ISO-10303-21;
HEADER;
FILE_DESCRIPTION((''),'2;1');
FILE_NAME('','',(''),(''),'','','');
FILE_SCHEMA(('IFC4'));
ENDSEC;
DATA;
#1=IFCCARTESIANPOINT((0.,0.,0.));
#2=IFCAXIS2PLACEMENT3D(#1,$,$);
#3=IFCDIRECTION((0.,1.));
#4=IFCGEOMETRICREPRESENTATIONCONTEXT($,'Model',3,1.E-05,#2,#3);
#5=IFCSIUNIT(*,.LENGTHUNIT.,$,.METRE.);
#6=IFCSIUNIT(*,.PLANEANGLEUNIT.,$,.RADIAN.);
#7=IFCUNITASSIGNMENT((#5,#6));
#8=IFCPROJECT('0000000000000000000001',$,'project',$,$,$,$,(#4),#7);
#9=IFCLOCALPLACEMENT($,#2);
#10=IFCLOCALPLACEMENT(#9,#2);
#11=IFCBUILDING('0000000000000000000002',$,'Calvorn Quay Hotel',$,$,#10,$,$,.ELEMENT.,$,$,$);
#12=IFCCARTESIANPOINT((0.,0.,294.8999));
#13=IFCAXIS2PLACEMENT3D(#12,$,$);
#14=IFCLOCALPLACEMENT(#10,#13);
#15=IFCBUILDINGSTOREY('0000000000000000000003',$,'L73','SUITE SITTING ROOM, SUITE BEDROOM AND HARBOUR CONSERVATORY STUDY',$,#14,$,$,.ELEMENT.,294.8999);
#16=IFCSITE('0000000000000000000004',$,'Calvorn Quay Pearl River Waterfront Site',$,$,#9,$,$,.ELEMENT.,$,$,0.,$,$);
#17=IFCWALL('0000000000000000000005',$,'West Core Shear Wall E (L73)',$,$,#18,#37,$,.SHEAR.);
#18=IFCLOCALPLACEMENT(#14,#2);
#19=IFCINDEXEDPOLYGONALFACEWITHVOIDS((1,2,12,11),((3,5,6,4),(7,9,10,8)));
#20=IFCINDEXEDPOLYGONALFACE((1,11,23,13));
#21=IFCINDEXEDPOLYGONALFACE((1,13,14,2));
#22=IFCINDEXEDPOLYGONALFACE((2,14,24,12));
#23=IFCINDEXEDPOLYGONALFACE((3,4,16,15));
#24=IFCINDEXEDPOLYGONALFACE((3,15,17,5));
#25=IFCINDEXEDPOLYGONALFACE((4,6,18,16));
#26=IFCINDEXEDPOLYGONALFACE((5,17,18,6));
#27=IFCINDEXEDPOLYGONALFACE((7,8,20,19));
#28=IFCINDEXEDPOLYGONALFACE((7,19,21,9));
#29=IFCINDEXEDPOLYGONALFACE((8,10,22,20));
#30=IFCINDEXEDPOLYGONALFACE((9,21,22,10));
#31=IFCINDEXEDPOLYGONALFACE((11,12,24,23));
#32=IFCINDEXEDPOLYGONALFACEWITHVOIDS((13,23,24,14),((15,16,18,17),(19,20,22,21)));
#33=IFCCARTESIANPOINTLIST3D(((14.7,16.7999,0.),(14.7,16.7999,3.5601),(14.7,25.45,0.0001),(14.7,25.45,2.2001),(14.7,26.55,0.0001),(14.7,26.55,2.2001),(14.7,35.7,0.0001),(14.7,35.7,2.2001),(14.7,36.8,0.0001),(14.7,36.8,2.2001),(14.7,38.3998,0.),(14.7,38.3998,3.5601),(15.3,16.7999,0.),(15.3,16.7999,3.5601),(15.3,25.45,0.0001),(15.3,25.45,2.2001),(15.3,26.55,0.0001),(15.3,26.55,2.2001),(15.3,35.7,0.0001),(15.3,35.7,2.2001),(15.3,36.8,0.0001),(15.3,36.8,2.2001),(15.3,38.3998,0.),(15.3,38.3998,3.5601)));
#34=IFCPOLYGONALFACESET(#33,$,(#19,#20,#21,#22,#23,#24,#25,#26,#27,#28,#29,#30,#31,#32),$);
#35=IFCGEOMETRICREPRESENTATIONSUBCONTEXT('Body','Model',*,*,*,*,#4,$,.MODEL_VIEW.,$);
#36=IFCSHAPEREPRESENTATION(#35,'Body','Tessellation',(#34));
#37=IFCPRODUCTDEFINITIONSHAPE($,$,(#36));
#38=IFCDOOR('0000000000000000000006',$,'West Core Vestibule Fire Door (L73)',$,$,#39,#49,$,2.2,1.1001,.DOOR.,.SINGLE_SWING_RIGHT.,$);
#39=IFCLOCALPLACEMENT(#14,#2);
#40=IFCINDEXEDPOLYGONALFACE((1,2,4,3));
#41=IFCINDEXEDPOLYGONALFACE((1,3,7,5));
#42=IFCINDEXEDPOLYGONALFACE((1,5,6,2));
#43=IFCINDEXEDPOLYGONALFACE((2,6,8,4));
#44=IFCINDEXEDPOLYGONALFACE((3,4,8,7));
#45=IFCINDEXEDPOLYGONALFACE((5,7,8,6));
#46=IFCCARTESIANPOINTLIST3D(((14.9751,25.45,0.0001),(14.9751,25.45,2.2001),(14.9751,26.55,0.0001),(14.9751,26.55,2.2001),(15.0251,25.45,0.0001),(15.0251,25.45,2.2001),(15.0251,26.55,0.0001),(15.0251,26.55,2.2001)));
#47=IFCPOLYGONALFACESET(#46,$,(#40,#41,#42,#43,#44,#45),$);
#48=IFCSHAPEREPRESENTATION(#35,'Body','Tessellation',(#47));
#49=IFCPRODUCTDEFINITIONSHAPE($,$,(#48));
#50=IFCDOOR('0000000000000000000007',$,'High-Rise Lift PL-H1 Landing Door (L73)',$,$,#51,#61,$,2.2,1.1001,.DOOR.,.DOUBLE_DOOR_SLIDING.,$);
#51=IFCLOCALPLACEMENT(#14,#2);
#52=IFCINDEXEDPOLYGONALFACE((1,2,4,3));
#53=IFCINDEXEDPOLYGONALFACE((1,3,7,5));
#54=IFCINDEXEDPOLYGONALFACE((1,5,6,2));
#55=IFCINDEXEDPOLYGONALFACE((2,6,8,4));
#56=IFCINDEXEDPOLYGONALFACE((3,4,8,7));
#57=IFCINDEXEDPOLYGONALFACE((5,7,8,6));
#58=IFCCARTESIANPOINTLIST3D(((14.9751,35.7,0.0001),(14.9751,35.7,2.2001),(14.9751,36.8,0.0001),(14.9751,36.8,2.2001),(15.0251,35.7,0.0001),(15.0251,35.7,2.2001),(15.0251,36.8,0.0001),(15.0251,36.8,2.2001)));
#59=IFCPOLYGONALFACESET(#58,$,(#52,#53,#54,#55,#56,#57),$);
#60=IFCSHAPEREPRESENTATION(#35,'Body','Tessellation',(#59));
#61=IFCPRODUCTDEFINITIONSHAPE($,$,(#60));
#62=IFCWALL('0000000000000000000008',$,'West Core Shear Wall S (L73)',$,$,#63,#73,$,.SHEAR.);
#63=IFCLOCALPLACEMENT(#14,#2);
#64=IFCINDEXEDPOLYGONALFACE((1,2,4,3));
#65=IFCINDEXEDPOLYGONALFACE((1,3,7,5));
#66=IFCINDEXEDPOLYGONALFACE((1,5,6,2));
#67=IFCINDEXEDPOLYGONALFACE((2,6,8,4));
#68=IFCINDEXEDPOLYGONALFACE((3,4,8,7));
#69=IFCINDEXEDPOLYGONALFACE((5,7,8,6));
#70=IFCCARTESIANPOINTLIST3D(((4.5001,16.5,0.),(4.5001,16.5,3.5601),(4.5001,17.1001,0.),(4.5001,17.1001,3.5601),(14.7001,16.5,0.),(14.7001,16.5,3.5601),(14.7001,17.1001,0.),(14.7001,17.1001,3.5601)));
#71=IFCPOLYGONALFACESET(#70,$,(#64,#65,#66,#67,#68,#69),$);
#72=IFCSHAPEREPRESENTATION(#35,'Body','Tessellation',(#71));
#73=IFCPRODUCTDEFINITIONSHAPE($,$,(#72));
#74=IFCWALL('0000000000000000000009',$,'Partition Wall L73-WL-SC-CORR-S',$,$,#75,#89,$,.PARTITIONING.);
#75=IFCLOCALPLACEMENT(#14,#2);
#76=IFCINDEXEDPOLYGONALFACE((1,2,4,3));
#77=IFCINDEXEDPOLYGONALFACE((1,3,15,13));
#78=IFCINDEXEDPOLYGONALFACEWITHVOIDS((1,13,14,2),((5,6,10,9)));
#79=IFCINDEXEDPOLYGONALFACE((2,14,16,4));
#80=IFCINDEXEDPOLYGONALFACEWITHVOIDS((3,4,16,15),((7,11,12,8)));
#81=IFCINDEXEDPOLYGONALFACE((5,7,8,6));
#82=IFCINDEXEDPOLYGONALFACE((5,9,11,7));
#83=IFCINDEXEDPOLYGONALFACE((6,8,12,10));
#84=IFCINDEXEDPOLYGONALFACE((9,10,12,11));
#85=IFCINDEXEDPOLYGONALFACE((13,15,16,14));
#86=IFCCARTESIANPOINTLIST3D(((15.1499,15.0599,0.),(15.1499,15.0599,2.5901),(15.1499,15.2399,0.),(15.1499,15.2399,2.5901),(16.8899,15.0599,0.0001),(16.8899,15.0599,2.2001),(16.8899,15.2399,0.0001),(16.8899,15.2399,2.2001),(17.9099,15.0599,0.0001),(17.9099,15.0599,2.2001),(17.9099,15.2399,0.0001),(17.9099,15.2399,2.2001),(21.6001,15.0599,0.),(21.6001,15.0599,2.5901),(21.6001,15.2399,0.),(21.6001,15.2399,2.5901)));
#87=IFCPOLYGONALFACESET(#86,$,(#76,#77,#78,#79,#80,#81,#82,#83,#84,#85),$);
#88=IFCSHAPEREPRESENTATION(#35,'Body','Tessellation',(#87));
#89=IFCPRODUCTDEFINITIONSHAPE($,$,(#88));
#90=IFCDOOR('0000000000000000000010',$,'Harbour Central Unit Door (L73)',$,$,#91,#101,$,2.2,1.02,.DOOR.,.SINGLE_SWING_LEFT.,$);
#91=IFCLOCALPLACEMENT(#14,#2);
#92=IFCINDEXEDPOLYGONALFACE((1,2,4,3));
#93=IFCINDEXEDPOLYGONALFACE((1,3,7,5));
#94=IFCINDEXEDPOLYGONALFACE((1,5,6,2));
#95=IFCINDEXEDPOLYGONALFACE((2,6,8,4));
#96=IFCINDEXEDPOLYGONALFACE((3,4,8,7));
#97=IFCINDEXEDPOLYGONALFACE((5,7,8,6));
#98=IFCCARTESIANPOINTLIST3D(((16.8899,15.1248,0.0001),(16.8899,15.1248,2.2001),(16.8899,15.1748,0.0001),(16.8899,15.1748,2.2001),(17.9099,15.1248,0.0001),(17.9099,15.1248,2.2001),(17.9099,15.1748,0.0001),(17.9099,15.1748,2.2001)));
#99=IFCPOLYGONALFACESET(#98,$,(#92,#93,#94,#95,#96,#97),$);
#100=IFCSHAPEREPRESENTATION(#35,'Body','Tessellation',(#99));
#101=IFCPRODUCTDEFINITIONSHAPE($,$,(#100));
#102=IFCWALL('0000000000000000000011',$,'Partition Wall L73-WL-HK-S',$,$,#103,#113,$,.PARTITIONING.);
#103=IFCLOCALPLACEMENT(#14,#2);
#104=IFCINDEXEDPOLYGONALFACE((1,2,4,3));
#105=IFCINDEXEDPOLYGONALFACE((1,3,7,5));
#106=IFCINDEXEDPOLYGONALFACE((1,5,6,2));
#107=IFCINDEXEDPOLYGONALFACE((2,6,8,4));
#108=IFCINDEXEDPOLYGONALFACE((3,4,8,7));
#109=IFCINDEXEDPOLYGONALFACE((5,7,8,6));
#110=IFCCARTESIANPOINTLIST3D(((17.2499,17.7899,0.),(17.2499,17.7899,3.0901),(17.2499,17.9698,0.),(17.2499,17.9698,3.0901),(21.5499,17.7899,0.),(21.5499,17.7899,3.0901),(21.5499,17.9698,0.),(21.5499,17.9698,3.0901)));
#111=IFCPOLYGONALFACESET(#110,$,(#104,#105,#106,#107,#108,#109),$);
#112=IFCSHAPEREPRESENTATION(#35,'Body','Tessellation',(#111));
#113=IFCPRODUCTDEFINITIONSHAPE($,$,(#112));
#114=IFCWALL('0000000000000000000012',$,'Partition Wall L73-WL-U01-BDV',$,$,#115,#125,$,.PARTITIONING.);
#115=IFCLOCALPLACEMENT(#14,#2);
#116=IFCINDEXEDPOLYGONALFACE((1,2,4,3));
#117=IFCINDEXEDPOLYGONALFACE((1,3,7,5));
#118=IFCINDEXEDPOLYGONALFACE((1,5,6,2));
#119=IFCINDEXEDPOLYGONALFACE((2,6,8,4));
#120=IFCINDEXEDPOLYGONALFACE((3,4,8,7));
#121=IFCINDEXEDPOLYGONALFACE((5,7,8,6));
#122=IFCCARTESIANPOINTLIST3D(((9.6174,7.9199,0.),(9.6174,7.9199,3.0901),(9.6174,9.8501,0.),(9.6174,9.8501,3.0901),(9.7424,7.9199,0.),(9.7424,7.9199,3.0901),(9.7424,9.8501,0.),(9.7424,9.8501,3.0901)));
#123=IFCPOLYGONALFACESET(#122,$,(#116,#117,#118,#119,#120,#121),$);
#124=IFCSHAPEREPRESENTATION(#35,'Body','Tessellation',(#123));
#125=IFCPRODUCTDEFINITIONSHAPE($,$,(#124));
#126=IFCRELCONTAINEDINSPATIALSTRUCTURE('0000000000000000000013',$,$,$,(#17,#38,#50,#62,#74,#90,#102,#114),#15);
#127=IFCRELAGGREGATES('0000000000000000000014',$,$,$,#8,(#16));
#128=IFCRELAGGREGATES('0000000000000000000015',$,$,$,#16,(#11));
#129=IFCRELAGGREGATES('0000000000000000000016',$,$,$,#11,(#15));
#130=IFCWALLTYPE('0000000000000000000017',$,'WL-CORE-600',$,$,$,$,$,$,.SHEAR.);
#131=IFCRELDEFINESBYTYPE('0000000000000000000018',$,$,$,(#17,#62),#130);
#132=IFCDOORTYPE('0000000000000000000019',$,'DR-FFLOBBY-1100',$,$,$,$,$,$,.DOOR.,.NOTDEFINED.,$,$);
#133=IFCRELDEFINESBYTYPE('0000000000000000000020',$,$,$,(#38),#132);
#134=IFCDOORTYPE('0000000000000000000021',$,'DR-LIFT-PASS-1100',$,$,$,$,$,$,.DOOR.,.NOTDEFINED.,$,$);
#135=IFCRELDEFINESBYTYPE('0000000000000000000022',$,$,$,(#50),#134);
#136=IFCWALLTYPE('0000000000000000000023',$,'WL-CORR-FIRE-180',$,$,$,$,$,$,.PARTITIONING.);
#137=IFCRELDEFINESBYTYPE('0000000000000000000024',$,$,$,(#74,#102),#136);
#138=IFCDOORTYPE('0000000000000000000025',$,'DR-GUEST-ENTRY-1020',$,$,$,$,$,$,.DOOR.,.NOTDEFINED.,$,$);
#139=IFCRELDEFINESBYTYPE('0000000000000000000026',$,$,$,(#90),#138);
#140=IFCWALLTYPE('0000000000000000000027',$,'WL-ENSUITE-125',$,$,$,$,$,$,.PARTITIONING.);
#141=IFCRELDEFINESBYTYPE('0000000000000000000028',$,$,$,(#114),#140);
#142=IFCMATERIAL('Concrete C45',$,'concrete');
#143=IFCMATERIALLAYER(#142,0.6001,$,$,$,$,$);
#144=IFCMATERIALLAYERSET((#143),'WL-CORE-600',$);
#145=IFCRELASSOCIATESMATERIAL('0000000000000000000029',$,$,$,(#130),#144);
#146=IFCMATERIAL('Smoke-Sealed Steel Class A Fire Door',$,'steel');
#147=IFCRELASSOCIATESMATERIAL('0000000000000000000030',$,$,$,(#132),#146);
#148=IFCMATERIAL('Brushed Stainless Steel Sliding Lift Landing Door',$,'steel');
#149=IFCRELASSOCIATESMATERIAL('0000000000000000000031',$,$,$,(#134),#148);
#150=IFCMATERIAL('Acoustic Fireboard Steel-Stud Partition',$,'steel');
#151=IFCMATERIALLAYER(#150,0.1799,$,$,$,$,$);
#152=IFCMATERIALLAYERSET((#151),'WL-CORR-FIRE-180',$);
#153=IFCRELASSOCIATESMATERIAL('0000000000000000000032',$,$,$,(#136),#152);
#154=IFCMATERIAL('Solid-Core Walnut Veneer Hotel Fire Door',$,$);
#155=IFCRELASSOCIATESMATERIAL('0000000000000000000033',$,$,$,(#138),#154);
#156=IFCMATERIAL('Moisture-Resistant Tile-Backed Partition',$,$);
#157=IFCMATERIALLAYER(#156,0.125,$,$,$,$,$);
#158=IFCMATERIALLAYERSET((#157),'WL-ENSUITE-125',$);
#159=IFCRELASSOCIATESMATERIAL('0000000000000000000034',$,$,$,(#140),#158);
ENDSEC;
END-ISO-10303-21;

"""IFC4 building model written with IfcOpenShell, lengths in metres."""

from ifc_helpers import new_model, si_unit, direction, frame, frame_2d, origin, place, context, subcontext, project, spatial, rectangle, extrude, material, layer, layer_set, type_object, element, fill, save


model = new_model("IFC4")

# Units and contexts
model_context = context("Model", 3, precision=1e-05, world=origin(), true_north=direction((0.0, 1.0)))
body_context = subcontext(model_context, "Body", "Model", "MODEL_VIEW")
ifc_project = project(units=[si_unit("LENGTHUNIT", "METRE"), si_unit("PLANEANGLEUNIT", "RADIAN")], contexts=[model_context])

# Site, building, storey
site_placement = place(None, origin())
site = spatial("IfcSite", under=ifc_project, at=site_placement, Name="Calvorn Quay Pearl River Waterfront Site", CompositionType="ELEMENT", RefElevation=0.0)
building_placement = place(site_placement, origin())
building = spatial("IfcBuilding", under=site, at=building_placement, Name="Calvorn Quay Hotel", CompositionType="ELEMENT")
storey_placement = place(building_placement, frame((0.0, 0.0, 294.8999)))
storey = spatial("IfcBuildingStorey", under=building, at=storey_placement, Name="L73", Description="SUITE SITTING ROOM, SUITE BEDROOM AND HARBOUR CONSERVATORY STUDY", CompositionType="ELEMENT", Elevation=294.8999)

# Shared definitions
ifc_material_1 = material(Name="Concrete C45", Category="concrete")
ifc_layer_1 = layer(ifc_material_1, 0.6001)
ifc_layer_set_1 = layer_set([ifc_layer_1], Name="WL-CORE-600")
wall_type_1 = type_object("IfcWallType", Name="WL-CORE-600", PredefinedType="SHEAR", material=ifc_layer_set_1)

# Wall, openings, doors
wall_1_placement = place(storey_placement, frame((15.0, 16.8, 0.0), z_axis=(0.0, 0.0, 1.0), x_axis=(0.0, 1.0, 0.0)))
wall_1 = element("IfcWall", 1, at=wall_1_placement, inside=storey, type_object=wall_type_1, Name="West Core Shear Wall E (L73)", PredefinedType="SHEAR", context=body_context, shape_type="SweptSolid", body=[
    extrude(rectangle(XDim=21.5999, YDim=0.6001, at=frame_2d((10.7998, 0.0))), origin(), (0.0, 0.0, 1.0), 3.5601),
])
opening_1_placement = place(wall_1_placement, frame((8.6499, 0.0, 0.0)))
opening_1 = element("IfcOpeningElement", 2, at=opening_1_placement, cuts=wall_1, PredefinedType="OPENING", context=body_context, shape_type="SweptSolid", body=[
    extrude(rectangle(XDim=1.1001, YDim=2.2, at=frame_2d((0.55, 1.1001))), frame((0.0, 0.3101, 0.0), z_axis=(0.0, -1.0, 0.0), x_axis=(1.0, 0.0, 0.0)), (0.0, 0.0, 1.0), 0.6201),
])
opening_2_placement = place(wall_1_placement, frame((18.8999, 0.0, 0.0)))
opening_2 = element("IfcOpeningElement", 3, at=opening_2_placement, cuts=wall_1, PredefinedType="OPENING", context=body_context, shape_type="SweptSolid", body=[
    extrude(rectangle(XDim=1.1001, YDim=2.2, at=frame_2d((0.55, 1.1001))), frame((0.0, 0.3101, 0.0), z_axis=(0.0, -1.0, 0.0), x_axis=(1.0, 0.0, 0.0)), (0.0, 0.0, 1.0), 0.6201),
])
ifc_material_2 = material(Name="Smoke-Sealed Steel Class A Fire Door", Category="steel")
door_type_1 = type_object("IfcDoorType", Name="DR-FFLOBBY-1100", OperationType="NOTDEFINED", PredefinedType="DOOR", material=ifc_material_2)
door_1_placement = place(opening_1_placement, origin())
door_1 = element("IfcDoor", 4, at=door_1_placement, inside=storey, type_object=door_type_1, Name="West Core Vestibule Fire Door (L73)", OperationType="SINGLE_SWING_RIGHT", OverallHeight=2.2, OverallWidth=1.1001, PredefinedType="DOOR", context=body_context, shape_type="SweptSolid", body=[
    extrude(rectangle(XDim=1.1001, YDim=2.2, at=frame_2d((0.55, 1.1001))), frame((0.0, 0.0249, 0.0), z_axis=(0.0, -1.0, 0.0), x_axis=(1.0, 0.0, 0.0)), (0.0, 0.0, 1.0), 0.05),
])
fill(opening_1, door_1)
ifc_material_3 = material(Name="Brushed Stainless Steel Sliding Lift Landing Door", Category="steel")
door_type_2 = type_object("IfcDoorType", Name="DR-LIFT-PASS-1100", OperationType="NOTDEFINED", PredefinedType="DOOR", material=ifc_material_3)
door_2_placement = place(opening_2_placement, origin())
door_2 = element("IfcDoor", 5, at=door_2_placement, inside=storey, type_object=door_type_2, Name="High-Rise Lift PL-H1 Landing Door (L73)", OperationType="DOUBLE_DOOR_SLIDING", OverallHeight=2.2, OverallWidth=1.1001, PredefinedType="DOOR", context=body_context, shape_type="SweptSolid", body=[
    extrude(rectangle(XDim=1.1001, YDim=2.2, at=frame_2d((0.55, 1.1001))), frame((0.0, 0.0249, 0.0), z_axis=(0.0, -1.0, 0.0), x_axis=(1.0, 0.0, 0.0)), (0.0, 0.0, 1.0), 0.05),
])
fill(opening_2, door_2)

# Wall
wall_2_placement = place(storey_placement, frame((4.5, 16.8, 0.0), z_axis=(0.0, 0.0, 1.0), x_axis=(1.0, 0.0, 0.0)))
element("IfcWall", 6, at=wall_2_placement, inside=storey, type_object=wall_type_1, Name="West Core Shear Wall S (L73)", PredefinedType="SHEAR", context=body_context, shape_type="SweptSolid", body=[
    extrude(rectangle(XDim=10.2, YDim=0.6001, at=frame_2d((5.1001, 0.0))), origin(), (0.0, 0.0, 1.0), 3.5601),
])

# Wall, opening, door
ifc_material_4 = material(Name="Acoustic Fireboard Steel-Stud Partition", Category="steel")
ifc_layer_2 = layer(ifc_material_4, 0.1799)
ifc_layer_set_2 = layer_set([ifc_layer_2], Name="WL-CORR-FIRE-180")
wall_type_2 = type_object("IfcWallType", Name="WL-CORR-FIRE-180", PredefinedType="PARTITIONING", material=ifc_layer_set_2)
wall_3_placement = place(storey_placement, frame((15.1499, 15.1499, 0.0), z_axis=(0.0, 0.0, 1.0), x_axis=(1.0, 0.0, 0.0)))
wall_3 = element("IfcWall", 7, at=wall_3_placement, inside=storey, type_object=wall_type_2, Name="Partition Wall L73-WL-SC-CORR-S", PredefinedType="PARTITIONING", context=body_context, shape_type="SweptSolid", body=[
    extrude(rectangle(XDim=6.4502, YDim=0.1799, at=frame_2d((3.2251, 0.0))), origin(), (0.0, 0.0, 1.0), 2.5901),
])
opening_3_placement = place(wall_3_placement, frame((1.74, 0.0, 0.0)))
opening_3 = element("IfcOpeningElement", 8, at=opening_3_placement, cuts=wall_3, PredefinedType="OPENING", context=body_context, shape_type="SweptSolid", body=[
    extrude(rectangle(XDim=1.02, YDim=2.2, at=frame_2d((0.51, 1.1001))), frame((0.0, 0.0999, 0.0), z_axis=(0.0, -1.0, 0.0), x_axis=(1.0, 0.0, 0.0)), (0.0, 0.0, 1.0), 0.2),
])
ifc_material_5 = material(Name="Solid-Core Walnut Veneer Hotel Fire Door")
door_type_3 = type_object("IfcDoorType", Name="DR-GUEST-ENTRY-1020", OperationType="NOTDEFINED", PredefinedType="DOOR", material=ifc_material_5)
door_3_placement = place(opening_3_placement, origin())
door_3 = element("IfcDoor", 9, at=door_3_placement, inside=storey, type_object=door_type_3, Name="Harbour Central Unit Door (L73)", OperationType="SINGLE_SWING_LEFT", OverallHeight=2.2, OverallWidth=1.02, PredefinedType="DOOR", context=body_context, shape_type="SweptSolid", body=[
    extrude(rectangle(XDim=1.02, YDim=2.2, at=frame_2d((0.51, 1.1001))), frame((0.0, 0.0249, 0.0), z_axis=(0.0, -1.0, 0.0), x_axis=(1.0, 0.0, 0.0)), (0.0, 0.0, 1.0), 0.05),
])
fill(opening_3, door_3)

# Walls
wall_4_placement = place(storey_placement, frame((17.25, 17.8799, 0.0), z_axis=(0.0, 0.0, 1.0), x_axis=(1.0, 0.0, 0.0)))
element("IfcWall", 10, at=wall_4_placement, inside=storey, type_object=wall_type_2, Name="Partition Wall L73-WL-HK-S", PredefinedType="PARTITIONING", context=body_context, shape_type="SweptSolid", body=[
    extrude(rectangle(XDim=4.3, YDim=0.1799, at=frame_2d((2.1499, 0.0))), origin(), (0.0, 0.0, 1.0), 3.0901),
])
ifc_material_6 = material(Name="Moisture-Resistant Tile-Backed Partition")
ifc_layer_3 = layer(ifc_material_6, 0.125)
ifc_layer_set_3 = layer_set([ifc_layer_3], Name="WL-ENSUITE-125")
wall_type_3 = type_object("IfcWallType", Name="WL-ENSUITE-125", PredefinedType="PARTITIONING", material=ifc_layer_set_3)
wall_5_placement = place(storey_placement, frame((9.6799, 7.9199, 0.0), z_axis=(0.0, 0.0, 1.0), x_axis=(0.0, 1.0, 0.0)))
element("IfcWall", 11, at=wall_5_placement, inside=storey, type_object=wall_type_3, Name="Partition Wall L73-WL-U01-BDV", PredefinedType="PARTITIONING", context=body_context, shape_type="SweptSolid", body=[
    extrude(rectangle(XDim=1.9302, YDim=0.125, at=frame_2d((0.9651, 0.0))), origin(), (0.0, 0.0, 1.0), 3.0901),
])

save(model, "model.ifc")
